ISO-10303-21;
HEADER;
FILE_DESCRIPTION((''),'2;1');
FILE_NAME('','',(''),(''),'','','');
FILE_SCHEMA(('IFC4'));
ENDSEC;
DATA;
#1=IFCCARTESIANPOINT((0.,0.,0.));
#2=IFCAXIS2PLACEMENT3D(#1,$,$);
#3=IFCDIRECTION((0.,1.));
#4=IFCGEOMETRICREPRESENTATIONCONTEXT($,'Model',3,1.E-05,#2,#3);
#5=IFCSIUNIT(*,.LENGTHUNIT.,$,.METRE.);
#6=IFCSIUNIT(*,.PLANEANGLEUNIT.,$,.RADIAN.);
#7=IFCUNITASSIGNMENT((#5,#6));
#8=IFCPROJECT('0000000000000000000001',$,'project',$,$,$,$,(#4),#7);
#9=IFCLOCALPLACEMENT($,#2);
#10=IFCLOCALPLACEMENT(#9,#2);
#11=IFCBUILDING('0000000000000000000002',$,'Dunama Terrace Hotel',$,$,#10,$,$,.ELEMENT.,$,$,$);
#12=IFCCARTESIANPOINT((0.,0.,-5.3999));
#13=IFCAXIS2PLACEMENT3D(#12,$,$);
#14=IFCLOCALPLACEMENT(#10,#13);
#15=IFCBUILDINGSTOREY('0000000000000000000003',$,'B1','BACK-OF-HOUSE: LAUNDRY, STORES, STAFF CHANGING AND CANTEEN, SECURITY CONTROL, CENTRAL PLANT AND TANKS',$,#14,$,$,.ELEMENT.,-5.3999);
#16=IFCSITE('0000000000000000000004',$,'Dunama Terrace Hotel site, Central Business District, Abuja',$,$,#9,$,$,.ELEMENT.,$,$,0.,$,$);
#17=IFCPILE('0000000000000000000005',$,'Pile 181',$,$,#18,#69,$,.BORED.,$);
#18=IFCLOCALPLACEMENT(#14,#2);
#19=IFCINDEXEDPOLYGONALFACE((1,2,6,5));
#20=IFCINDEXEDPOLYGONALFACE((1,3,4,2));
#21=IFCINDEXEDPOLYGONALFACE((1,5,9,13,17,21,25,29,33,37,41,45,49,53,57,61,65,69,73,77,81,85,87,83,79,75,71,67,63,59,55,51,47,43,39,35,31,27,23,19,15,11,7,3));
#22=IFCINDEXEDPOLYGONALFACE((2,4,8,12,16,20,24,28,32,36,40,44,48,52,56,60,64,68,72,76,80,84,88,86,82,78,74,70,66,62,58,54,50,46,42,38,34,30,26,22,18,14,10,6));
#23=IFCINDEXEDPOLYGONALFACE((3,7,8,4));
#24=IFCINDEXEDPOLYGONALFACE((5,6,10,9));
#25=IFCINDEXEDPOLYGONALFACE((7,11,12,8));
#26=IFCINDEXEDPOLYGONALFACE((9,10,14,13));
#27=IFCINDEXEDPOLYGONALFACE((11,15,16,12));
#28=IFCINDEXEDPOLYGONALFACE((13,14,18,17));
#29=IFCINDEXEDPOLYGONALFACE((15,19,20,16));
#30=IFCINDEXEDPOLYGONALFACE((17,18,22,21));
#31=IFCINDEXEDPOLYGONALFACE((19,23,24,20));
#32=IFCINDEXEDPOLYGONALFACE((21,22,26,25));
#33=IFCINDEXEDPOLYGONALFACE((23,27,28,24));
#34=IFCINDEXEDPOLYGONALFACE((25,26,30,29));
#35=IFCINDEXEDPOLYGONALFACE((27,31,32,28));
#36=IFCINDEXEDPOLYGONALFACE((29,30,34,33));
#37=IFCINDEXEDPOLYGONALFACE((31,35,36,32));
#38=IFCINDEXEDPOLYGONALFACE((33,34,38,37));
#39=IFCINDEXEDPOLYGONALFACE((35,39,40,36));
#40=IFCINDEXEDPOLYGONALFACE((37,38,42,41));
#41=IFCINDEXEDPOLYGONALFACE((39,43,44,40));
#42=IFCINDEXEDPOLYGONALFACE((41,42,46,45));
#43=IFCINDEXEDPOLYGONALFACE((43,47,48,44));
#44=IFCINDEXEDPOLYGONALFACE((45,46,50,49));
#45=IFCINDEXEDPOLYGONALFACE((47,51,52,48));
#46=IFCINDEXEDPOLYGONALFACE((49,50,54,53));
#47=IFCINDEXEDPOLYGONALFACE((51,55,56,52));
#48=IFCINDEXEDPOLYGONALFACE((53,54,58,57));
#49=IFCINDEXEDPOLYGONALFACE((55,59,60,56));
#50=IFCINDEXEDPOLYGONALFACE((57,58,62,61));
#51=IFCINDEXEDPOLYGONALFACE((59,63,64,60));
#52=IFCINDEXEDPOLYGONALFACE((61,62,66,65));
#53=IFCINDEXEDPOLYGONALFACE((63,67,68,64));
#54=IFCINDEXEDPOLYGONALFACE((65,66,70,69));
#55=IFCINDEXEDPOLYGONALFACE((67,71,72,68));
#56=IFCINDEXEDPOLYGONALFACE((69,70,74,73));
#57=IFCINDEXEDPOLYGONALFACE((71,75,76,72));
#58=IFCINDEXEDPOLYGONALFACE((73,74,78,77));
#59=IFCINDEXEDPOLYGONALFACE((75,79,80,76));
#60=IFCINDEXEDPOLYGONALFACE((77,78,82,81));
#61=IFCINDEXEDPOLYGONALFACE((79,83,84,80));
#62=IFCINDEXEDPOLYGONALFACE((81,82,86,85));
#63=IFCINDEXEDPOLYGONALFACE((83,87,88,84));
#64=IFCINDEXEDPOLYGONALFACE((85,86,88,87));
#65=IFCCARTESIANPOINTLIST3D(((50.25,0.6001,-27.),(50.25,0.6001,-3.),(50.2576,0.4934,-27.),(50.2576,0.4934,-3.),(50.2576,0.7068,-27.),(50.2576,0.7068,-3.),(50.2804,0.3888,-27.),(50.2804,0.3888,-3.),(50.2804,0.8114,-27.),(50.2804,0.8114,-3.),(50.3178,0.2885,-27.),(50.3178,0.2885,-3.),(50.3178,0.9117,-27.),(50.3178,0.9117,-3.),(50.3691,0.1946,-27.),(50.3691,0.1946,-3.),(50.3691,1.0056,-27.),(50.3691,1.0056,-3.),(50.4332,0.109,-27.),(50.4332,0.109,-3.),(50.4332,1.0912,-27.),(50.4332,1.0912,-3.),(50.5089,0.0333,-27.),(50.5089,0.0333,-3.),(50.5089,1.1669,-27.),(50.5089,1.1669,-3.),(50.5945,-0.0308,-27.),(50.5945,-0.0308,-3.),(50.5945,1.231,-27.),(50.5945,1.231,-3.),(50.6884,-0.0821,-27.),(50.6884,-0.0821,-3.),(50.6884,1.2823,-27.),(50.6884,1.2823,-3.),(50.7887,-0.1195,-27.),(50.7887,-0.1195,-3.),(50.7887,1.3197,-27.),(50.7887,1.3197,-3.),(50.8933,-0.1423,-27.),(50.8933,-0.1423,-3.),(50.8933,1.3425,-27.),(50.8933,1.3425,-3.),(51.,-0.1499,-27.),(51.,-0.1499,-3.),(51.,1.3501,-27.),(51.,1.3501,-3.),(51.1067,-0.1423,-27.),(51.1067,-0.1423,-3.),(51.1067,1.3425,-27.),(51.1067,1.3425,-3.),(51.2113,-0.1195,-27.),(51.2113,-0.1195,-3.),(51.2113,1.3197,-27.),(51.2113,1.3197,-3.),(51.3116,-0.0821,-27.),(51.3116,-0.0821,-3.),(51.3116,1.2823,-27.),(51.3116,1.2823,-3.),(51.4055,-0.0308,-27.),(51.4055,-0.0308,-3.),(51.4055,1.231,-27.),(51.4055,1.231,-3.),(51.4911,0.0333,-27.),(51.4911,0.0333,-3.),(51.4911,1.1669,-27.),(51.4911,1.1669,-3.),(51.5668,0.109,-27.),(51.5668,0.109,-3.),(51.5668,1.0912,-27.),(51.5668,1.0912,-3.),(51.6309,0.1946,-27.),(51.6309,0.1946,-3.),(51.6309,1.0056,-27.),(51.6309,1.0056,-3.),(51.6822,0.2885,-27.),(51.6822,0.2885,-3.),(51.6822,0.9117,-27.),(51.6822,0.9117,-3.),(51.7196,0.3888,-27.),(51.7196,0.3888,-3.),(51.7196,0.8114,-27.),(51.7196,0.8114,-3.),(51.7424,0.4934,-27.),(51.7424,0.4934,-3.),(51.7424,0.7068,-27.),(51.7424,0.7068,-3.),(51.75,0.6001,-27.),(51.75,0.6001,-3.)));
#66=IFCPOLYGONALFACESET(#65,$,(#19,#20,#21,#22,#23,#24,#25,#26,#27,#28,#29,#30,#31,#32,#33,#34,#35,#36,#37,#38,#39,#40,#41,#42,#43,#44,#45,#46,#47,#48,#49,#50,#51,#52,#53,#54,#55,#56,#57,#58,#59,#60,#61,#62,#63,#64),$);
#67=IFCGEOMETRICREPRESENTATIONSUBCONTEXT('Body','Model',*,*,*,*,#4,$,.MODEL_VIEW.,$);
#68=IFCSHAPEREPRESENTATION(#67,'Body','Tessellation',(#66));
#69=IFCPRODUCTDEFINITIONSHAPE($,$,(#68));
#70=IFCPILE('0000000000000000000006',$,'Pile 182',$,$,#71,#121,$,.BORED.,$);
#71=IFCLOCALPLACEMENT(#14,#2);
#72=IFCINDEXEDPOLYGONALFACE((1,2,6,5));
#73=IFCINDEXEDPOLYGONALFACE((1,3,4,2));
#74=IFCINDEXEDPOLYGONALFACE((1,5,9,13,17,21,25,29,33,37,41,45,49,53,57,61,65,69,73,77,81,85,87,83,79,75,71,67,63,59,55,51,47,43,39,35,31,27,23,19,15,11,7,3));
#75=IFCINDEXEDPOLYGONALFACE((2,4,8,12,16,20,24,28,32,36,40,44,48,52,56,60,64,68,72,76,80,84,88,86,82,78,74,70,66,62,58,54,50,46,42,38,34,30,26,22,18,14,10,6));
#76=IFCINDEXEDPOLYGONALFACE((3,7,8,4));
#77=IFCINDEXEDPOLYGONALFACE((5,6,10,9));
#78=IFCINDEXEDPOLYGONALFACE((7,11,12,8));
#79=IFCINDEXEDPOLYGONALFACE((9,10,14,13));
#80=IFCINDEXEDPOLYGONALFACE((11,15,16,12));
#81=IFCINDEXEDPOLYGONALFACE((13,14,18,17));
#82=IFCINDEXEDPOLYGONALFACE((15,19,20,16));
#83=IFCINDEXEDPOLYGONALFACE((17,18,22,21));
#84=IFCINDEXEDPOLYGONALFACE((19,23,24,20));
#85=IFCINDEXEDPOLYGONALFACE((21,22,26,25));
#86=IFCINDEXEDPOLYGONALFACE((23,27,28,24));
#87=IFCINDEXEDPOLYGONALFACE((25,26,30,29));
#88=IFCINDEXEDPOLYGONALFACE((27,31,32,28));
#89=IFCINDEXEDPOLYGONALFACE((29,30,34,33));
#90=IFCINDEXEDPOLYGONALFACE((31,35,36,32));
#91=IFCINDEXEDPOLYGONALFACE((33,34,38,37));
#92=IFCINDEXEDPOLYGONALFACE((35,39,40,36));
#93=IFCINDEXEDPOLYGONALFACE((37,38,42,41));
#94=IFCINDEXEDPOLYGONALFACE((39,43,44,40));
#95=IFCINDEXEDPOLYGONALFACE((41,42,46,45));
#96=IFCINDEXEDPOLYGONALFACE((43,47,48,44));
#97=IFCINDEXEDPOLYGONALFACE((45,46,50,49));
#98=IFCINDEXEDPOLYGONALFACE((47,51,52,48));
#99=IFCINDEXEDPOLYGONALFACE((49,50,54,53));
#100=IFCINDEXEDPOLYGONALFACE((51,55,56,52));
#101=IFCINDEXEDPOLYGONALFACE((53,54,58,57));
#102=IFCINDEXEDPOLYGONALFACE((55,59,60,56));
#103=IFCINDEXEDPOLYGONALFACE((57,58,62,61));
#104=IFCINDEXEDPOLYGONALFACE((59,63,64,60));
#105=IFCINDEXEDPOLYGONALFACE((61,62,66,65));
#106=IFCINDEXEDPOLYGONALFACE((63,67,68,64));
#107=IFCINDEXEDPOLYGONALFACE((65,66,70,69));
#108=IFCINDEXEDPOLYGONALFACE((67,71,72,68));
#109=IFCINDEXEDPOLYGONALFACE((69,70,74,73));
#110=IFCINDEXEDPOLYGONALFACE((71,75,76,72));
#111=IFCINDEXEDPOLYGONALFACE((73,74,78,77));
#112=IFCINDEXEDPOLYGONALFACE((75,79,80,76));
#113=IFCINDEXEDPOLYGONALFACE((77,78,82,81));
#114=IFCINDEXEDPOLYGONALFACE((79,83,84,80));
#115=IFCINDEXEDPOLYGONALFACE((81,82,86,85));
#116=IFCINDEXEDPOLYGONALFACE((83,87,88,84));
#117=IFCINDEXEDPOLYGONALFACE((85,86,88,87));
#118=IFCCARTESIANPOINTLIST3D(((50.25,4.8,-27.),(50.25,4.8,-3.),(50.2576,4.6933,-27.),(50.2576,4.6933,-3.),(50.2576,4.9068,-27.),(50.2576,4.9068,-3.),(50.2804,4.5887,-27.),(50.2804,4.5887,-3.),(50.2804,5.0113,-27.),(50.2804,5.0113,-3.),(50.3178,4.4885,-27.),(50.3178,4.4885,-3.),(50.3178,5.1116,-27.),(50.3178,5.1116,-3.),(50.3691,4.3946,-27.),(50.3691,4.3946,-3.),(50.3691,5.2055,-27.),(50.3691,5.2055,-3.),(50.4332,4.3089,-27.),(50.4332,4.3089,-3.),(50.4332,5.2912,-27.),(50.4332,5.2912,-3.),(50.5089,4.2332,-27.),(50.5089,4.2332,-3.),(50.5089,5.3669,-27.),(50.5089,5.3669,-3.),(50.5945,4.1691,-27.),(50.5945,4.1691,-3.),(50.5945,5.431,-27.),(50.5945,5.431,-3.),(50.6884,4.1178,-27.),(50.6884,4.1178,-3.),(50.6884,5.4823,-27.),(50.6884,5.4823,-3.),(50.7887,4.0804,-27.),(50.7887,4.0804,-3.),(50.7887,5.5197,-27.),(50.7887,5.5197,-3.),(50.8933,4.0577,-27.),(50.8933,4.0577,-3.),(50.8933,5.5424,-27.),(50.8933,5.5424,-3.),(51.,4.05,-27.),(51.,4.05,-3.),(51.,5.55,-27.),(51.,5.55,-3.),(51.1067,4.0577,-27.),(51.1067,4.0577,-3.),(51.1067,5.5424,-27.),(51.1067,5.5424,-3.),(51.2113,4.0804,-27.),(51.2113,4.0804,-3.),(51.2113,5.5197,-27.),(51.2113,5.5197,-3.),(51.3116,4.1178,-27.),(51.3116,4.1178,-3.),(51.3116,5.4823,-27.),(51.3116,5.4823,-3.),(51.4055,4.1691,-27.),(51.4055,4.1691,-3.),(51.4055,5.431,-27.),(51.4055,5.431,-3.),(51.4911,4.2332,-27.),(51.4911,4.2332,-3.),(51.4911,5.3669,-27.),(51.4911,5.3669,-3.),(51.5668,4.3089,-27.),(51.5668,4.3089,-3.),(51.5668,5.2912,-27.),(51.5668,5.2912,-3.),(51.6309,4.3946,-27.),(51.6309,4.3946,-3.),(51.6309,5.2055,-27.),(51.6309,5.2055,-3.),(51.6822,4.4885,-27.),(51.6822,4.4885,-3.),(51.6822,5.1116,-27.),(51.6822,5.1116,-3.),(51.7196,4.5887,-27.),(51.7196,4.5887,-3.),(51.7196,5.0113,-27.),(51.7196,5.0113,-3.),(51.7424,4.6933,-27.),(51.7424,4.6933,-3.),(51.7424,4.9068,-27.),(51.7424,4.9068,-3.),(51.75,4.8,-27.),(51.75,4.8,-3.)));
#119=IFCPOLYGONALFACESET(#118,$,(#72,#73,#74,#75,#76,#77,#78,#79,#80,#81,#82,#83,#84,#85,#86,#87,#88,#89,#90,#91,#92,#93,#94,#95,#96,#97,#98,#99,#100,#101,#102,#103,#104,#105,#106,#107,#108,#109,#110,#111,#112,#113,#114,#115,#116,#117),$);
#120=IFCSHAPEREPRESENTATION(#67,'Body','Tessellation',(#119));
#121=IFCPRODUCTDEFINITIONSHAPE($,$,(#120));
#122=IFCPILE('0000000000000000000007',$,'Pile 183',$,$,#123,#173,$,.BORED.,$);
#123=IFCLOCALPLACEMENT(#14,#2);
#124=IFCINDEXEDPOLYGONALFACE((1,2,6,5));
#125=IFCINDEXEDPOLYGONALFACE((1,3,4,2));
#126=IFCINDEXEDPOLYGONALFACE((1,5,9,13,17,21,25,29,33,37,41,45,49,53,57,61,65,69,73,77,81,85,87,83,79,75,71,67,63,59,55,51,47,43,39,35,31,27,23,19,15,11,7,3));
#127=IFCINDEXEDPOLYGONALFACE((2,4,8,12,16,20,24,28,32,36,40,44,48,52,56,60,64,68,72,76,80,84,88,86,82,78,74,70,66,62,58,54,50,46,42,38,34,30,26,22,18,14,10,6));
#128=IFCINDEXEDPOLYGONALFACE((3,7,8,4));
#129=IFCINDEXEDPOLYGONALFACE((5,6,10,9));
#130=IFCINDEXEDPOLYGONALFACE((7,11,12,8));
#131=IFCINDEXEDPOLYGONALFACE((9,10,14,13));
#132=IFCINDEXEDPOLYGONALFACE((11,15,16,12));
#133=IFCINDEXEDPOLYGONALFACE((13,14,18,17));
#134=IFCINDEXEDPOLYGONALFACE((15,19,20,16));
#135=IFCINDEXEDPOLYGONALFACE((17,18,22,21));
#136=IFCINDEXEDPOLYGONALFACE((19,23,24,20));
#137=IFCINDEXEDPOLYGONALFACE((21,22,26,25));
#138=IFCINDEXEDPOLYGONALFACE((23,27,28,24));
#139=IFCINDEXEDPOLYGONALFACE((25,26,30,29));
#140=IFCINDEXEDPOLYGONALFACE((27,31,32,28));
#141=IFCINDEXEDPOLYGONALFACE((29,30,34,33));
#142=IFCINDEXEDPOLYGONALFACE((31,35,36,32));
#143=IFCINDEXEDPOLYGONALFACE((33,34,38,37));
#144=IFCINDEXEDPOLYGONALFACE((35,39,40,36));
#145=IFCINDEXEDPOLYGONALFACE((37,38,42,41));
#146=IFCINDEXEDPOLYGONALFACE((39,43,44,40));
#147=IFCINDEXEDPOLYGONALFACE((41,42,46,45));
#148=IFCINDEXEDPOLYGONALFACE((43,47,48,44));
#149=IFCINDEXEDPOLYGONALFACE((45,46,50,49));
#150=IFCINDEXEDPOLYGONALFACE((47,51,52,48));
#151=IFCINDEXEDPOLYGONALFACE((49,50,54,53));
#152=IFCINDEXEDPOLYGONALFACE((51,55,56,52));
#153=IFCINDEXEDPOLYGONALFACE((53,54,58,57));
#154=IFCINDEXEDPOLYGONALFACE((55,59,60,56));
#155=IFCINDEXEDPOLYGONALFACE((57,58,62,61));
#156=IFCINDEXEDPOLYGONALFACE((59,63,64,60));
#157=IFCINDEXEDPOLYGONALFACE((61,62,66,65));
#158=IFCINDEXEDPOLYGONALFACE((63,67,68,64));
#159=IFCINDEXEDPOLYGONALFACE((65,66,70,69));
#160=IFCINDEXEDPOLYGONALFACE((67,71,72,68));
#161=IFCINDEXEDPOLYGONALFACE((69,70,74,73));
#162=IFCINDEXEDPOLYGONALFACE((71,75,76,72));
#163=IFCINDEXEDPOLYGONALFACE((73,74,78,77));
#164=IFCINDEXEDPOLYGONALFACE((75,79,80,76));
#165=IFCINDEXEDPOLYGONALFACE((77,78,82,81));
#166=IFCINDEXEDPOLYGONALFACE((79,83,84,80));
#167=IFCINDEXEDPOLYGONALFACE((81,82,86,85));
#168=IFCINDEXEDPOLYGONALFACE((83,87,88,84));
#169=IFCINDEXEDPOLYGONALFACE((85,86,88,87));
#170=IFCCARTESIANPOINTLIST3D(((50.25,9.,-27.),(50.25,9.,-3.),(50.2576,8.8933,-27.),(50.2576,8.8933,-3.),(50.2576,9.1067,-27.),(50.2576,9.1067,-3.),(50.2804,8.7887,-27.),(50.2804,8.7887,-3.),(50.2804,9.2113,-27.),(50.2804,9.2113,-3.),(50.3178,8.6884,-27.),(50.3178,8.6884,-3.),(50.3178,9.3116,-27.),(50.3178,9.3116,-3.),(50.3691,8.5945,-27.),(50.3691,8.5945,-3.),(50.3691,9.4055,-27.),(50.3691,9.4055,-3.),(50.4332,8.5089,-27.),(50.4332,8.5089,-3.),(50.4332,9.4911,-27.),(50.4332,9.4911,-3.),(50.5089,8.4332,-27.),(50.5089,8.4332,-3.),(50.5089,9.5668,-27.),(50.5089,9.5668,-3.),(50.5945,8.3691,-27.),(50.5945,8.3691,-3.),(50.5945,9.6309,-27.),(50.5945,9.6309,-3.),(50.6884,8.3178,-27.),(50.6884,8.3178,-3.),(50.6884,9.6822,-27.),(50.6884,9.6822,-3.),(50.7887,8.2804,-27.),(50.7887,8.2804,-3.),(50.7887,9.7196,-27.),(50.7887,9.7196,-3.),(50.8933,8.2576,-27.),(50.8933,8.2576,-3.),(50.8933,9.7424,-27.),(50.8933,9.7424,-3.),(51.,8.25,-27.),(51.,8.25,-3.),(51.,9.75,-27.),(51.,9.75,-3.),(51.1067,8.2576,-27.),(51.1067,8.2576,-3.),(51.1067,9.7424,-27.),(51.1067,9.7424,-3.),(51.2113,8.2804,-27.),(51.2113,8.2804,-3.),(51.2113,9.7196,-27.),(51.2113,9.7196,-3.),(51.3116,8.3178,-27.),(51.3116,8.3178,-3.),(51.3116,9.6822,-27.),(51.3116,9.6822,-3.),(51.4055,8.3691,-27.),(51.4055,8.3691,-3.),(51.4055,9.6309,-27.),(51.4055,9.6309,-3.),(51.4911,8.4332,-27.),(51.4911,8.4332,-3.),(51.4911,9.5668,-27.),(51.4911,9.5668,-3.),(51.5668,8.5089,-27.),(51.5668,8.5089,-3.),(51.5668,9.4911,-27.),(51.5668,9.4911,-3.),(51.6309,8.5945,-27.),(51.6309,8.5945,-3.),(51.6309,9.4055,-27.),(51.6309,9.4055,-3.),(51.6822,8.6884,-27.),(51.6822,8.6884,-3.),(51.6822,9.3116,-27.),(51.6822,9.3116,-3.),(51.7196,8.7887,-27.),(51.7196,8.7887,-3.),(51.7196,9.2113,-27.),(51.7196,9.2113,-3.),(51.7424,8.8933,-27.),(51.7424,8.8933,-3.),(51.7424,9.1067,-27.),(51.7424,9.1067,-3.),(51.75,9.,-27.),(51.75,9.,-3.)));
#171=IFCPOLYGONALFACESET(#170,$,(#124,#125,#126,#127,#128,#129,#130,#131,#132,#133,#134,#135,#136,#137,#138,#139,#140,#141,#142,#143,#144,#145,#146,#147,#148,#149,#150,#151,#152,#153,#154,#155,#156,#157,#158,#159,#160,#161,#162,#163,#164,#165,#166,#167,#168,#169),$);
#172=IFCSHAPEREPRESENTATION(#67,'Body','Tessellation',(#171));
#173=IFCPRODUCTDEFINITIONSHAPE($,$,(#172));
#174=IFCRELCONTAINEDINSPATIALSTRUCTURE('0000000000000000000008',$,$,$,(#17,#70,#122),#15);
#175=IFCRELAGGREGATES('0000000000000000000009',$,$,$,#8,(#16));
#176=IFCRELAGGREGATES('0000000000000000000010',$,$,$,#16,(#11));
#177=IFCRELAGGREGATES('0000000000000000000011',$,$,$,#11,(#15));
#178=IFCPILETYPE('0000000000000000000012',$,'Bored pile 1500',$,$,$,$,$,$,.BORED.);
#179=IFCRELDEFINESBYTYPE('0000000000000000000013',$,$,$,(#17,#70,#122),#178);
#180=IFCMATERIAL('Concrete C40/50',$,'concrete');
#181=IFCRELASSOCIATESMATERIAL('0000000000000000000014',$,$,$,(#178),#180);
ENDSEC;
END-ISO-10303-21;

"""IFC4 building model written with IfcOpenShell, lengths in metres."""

from ifc_helpers import new_model, si_unit, direction, frame, origin, origin_2d, place, context, subcontext, project, spatial, circle, extrude, material, material_profile, profile_set, type_object, element, save


model = new_model("IFC4")

# Units and contexts
model_context = context("Model", 3, precision=1e-05, world=origin(), true_north=direction((0.0, 1.0)))
body_context = subcontext(model_context, "Body", "Model", "MODEL_VIEW")
ifc_project = project(units=[si_unit("LENGTHUNIT", "METRE"), si_unit("PLANEANGLEUNIT", "RADIAN")], contexts=[model_context])

# Site, building, storey
site_placement = place(None, origin())
site = spatial("IfcSite", under=ifc_project, at=site_placement, Name="Dunama Terrace Hotel site, Central Business District, Abuja", CompositionType="ELEMENT", RefElevation=0.0)
building_placement = place(site_placement, origin())
building = spatial("IfcBuilding", under=site, at=building_placement, Name="Dunama Terrace Hotel", CompositionType="ELEMENT")
storey_placement = place(building_placement, frame((0.0, 0.0, -5.3999)))
storey = spatial("IfcBuildingStorey", under=building, at=storey_placement, Name="B1", Description="BACK-OF-HOUSE: LAUNDRY, STORES, STAFF CHANGING AND CANTEEN, SECURITY CONTROL, CENTRAL PLANT AND TANKS", CompositionType="ELEMENT", Elevation=-5.3999)

# Piles
ifc_material_1 = material(Name="Concrete C40/50", Category="concrete")
ifc_material_profile_1 = material_profile(ifc_material_1, circle(Radius=0.75, at=origin_2d()), Name="PILE D1500")
ifc_profile_set_1 = profile_set([ifc_material_profile_1], Name="Concrete C40/50")
pile_type = type_object("IfcPileType", Name="Bored pile 1500", PredefinedType="BORED", material=ifc_profile_set_1)
for number, where, z_axis, x_axis, name in (
    (1, (51.0, 0.6001, -3.0), (0.0, 0.0, -1.0), (1.0, 0.0, 0.0), "Pile 181"),
    (2, (51.0, 4.8, -3.0), (0.0, 0.0, -1.0), (1.0, 0.0, 0.0), "Pile 182"),
    (3, (51.0, 9.0, -3.0), (0.0, 0.0, -1.0), (1.0, 0.0, 0.0), "Pile 183"),
):
    element("IfcPile", number, at=place(storey_placement, frame(where, z_axis=z_axis, x_axis=x_axis)), inside=storey, type_object=pile_type, Name=name, PredefinedType="BORED", context=body_context, shape_type="SweptSolid", body=[
        extrude(circle(Radius=0.75, at=origin_2d()), origin(), (0.0, 0.0, 1.0), 24.0),
    ])

save(model, "model.ifc")
